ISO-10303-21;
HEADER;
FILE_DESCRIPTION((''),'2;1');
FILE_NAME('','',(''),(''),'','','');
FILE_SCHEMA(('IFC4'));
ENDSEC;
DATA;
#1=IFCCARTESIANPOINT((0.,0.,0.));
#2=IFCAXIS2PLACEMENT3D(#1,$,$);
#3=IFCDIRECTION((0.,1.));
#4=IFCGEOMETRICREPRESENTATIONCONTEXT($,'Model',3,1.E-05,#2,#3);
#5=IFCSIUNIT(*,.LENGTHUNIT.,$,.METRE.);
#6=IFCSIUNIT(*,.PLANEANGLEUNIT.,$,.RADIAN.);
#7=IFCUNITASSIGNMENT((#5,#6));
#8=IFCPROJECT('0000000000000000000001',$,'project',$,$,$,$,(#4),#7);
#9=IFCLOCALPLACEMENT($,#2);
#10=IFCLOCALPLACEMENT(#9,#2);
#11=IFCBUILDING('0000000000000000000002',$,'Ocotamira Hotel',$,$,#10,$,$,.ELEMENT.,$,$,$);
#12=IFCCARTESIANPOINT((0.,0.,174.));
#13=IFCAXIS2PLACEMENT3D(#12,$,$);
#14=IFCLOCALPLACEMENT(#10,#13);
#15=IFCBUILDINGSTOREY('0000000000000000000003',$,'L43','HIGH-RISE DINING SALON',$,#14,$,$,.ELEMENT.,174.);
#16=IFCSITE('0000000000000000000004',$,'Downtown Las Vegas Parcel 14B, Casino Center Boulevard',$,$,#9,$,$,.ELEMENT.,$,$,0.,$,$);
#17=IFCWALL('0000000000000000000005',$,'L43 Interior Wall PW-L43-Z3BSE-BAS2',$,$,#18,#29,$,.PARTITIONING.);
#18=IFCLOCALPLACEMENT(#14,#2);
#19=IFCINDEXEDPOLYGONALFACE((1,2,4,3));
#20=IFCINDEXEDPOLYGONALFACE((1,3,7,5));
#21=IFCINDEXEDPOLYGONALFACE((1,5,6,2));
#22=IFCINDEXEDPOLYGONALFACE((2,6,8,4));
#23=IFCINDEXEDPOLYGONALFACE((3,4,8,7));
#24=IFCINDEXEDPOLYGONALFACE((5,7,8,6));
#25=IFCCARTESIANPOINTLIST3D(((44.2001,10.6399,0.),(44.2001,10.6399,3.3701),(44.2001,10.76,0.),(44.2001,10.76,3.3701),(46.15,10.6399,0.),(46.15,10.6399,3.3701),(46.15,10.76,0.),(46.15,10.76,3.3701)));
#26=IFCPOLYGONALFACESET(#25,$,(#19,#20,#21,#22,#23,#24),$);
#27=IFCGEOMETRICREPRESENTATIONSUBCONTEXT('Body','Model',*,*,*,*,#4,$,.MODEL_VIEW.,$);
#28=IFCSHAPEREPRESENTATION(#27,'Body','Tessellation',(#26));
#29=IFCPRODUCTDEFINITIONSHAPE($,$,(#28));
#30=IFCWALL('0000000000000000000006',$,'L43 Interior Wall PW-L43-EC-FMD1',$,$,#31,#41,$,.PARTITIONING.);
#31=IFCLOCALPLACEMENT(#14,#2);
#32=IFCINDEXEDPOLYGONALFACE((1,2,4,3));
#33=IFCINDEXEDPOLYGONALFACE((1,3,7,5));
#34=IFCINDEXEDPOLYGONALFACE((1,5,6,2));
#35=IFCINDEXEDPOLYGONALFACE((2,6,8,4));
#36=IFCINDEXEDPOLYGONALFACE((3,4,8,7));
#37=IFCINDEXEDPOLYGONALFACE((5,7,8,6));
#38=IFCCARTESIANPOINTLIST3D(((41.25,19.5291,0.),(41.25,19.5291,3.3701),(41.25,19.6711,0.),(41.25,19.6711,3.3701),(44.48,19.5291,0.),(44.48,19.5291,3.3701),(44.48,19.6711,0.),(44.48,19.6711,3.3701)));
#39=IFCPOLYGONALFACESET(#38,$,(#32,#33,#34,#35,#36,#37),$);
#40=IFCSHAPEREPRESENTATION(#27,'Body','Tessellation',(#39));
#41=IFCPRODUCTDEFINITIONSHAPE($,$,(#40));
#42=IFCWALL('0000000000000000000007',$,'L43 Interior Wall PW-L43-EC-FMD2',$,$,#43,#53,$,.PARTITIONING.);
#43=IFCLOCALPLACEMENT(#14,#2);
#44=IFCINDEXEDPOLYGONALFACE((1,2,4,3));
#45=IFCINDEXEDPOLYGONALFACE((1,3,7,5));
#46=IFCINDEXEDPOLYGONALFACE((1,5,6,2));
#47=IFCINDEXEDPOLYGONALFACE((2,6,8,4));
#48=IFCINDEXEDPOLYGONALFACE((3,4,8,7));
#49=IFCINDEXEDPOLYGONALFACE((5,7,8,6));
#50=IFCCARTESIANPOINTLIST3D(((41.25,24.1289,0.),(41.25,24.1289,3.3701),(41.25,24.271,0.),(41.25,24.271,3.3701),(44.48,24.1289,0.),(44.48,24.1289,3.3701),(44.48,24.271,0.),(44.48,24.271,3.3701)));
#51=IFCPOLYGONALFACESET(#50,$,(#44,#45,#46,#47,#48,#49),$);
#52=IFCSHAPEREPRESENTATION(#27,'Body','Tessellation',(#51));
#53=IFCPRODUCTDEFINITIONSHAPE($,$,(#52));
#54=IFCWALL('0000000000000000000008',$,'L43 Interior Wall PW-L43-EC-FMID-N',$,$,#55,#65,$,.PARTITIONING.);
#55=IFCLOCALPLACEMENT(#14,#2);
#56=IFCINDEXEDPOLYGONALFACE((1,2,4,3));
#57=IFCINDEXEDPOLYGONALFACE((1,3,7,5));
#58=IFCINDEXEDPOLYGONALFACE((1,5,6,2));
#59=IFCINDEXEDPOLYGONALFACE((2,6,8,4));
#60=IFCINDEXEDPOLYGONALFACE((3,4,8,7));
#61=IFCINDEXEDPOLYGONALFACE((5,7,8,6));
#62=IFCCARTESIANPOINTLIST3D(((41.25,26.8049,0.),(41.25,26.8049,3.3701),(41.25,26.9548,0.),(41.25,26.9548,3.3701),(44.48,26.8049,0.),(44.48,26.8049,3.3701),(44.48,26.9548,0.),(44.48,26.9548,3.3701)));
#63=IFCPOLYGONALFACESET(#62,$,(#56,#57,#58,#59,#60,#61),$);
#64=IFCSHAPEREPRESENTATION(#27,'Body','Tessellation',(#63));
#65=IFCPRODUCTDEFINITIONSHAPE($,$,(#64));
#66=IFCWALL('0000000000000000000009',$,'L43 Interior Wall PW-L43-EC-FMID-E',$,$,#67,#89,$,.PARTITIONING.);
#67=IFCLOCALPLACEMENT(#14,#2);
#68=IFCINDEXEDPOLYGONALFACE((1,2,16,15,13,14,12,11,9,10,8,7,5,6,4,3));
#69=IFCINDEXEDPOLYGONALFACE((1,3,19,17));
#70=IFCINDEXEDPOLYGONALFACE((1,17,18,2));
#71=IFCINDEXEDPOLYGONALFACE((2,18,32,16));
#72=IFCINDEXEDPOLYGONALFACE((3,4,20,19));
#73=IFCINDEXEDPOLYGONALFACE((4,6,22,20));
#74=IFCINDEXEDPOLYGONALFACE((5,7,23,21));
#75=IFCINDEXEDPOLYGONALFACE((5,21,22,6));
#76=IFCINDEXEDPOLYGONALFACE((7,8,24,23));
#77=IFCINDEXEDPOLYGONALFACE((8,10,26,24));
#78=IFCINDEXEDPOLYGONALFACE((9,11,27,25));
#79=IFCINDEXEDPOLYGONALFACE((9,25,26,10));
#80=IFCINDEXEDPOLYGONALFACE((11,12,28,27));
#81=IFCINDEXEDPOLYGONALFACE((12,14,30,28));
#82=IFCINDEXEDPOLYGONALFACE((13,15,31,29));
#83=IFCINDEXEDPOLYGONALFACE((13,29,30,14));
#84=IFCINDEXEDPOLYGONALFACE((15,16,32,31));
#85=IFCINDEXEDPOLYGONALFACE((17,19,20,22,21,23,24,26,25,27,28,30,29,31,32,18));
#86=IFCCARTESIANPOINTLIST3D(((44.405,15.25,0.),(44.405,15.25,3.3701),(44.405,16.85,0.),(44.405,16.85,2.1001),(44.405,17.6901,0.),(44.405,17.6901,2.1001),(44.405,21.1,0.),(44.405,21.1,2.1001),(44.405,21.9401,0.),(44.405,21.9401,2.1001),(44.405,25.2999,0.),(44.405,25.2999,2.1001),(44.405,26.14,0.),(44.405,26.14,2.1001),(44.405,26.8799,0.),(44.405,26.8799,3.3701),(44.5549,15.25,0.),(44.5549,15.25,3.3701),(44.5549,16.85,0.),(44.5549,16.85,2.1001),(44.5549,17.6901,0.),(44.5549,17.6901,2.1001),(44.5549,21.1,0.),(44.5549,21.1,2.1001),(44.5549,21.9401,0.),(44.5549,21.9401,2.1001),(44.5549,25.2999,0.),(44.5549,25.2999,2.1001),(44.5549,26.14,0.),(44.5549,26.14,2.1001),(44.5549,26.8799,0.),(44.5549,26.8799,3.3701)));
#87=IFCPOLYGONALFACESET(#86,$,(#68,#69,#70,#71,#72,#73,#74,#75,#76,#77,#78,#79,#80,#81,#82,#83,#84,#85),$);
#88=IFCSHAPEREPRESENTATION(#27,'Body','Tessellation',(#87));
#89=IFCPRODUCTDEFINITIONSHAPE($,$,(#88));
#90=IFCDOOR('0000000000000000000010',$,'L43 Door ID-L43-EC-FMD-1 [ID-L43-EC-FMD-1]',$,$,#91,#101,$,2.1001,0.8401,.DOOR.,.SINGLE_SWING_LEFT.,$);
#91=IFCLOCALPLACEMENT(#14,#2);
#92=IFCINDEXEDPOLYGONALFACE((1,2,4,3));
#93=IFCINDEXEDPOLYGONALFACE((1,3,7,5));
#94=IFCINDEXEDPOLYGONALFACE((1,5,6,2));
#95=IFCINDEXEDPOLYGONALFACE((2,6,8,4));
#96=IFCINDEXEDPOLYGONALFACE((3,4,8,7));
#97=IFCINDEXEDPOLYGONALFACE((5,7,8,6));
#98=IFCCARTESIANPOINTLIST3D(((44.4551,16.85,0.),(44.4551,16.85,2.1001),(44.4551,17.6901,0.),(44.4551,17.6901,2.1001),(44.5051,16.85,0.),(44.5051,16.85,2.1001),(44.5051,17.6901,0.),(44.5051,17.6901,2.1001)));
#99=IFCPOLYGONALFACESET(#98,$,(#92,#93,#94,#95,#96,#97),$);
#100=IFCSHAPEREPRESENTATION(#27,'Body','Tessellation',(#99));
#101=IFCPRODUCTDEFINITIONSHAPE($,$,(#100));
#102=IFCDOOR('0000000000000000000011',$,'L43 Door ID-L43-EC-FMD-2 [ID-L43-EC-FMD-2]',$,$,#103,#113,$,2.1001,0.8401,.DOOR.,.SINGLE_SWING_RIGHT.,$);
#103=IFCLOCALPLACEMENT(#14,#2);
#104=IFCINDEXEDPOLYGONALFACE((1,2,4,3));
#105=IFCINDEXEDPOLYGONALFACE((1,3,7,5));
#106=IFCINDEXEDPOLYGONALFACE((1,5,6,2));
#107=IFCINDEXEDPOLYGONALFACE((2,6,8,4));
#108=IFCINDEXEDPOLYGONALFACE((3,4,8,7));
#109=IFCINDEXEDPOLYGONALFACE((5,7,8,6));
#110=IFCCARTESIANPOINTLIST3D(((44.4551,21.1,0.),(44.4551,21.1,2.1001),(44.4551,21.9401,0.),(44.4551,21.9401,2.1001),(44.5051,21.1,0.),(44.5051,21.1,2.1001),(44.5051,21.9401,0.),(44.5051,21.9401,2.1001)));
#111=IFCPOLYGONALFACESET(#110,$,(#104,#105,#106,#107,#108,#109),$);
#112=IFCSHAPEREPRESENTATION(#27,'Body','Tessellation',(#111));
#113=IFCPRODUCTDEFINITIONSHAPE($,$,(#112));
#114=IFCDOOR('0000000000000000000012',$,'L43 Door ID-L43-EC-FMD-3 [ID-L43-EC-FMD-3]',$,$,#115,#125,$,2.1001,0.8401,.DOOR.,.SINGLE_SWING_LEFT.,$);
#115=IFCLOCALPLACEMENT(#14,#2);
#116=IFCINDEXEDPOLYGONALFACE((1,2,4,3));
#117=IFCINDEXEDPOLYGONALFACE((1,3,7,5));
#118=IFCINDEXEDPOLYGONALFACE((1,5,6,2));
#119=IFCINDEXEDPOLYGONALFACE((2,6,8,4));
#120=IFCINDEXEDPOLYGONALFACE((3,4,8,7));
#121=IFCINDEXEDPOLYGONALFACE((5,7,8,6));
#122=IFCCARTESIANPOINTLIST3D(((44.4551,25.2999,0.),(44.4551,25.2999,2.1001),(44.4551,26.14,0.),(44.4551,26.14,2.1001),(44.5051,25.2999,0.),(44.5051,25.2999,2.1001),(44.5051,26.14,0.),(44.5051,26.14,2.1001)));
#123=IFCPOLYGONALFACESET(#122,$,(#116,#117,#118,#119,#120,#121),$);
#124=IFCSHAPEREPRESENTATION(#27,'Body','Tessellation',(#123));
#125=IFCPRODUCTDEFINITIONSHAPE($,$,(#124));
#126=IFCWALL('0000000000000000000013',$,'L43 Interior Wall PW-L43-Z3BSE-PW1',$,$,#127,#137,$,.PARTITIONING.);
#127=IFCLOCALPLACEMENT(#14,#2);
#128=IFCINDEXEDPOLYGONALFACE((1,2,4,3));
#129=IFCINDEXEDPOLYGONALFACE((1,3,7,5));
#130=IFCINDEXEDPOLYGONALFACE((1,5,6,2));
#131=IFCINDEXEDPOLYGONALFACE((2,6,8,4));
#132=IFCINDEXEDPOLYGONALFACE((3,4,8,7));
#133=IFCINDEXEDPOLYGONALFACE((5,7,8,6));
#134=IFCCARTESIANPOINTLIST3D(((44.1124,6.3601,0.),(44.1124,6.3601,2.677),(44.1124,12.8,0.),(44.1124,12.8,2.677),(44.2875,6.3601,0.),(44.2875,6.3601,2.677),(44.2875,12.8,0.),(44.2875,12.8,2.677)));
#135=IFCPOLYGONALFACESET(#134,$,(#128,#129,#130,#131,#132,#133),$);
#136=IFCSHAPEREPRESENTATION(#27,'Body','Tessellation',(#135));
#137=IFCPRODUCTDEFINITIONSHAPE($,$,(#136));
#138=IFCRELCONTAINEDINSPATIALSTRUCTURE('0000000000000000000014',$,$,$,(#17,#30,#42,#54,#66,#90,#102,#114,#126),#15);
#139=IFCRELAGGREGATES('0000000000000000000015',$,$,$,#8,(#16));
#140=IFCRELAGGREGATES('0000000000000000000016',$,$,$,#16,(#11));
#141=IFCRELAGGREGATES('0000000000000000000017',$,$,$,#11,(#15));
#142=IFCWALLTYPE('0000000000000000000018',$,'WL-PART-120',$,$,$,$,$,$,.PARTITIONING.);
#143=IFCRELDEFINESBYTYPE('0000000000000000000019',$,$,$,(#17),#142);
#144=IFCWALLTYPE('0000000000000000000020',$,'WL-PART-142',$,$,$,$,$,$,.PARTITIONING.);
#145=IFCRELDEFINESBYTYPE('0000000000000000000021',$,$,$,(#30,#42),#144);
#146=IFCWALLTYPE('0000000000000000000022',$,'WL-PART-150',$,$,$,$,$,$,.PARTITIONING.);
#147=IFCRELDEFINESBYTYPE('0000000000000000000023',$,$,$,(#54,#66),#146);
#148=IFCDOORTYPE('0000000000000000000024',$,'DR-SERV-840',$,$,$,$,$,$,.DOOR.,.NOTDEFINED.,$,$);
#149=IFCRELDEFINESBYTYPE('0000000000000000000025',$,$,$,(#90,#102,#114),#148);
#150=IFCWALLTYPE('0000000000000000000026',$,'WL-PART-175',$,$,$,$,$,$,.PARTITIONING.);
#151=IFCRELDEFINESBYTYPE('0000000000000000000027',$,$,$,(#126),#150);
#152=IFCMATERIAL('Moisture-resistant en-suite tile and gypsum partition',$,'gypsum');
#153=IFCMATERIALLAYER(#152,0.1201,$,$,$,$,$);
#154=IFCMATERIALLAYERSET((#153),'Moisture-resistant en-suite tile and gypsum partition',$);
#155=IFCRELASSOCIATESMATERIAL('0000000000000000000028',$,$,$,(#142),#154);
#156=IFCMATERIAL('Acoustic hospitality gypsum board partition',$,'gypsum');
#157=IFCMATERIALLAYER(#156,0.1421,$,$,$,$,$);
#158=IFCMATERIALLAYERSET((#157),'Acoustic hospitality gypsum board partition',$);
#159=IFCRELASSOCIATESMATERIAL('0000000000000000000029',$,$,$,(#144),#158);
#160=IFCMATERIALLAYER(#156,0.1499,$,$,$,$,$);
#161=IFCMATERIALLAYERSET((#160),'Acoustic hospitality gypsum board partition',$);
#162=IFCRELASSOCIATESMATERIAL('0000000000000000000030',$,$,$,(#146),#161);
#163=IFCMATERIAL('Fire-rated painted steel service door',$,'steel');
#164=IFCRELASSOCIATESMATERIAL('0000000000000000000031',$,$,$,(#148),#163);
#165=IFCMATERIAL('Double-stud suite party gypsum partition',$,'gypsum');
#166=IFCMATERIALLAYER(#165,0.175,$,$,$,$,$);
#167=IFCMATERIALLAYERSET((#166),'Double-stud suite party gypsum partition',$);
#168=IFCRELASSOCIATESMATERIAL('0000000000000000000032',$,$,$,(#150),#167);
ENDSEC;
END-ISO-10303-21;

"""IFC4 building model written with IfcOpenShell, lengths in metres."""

from ifc_helpers import new_model, si_unit, direction, frame, frame_2d, origin, place, context, subcontext, project, spatial, rectangle, extrude, source, transform, mapped, material, layer, layer_set, type_object, element, fill, save


model = new_model("IFC4")

# Units and contexts
model_context = context("Model", 3, precision=1e-05, world=origin(), true_north=direction((0.0, 1.0)))
body_context = subcontext(model_context, "Body", "Model", "MODEL_VIEW")
ifc_project = project(units=[si_unit("LENGTHUNIT", "METRE"), si_unit("PLANEANGLEUNIT", "RADIAN")], contexts=[model_context])

# Site, building, storey
site_placement = place(None, origin())
site = spatial("IfcSite", under=ifc_project, at=site_placement, Name="Downtown Las Vegas Parcel 14B, Casino Center Boulevard", CompositionType="ELEMENT", RefElevation=0.0)
building_placement = place(site_placement, origin())
building = spatial("IfcBuilding", under=site, at=building_placement, Name="Ocotamira Hotel", CompositionType="ELEMENT")
storey_placement = place(building_placement, frame((0.0, 0.0, 174.0)))
storey = spatial("IfcBuildingStorey", under=building, at=storey_placement, Name="L43", Description="HIGH-RISE DINING SALON", CompositionType="ELEMENT", Elevation=174.0)

# Walls
ifc_material_1 = material(Name="Moisture-resistant en-suite tile and gypsum partition", Category="gypsum")
ifc_layer_1 = layer(ifc_material_1, 0.1201)
ifc_layer_set_1 = layer_set([ifc_layer_1], Name="Moisture-resistant en-suite tile and gypsum partition")
wall_type_1 = type_object("IfcWallType", Name="WL-PART-120", PredefinedType="PARTITIONING", material=ifc_layer_set_1)
wall_1_placement = place(storey_placement, frame((44.2, 10.7, 0.0), z_axis=(0.0, 0.0, 1.0), x_axis=(1.0, 0.0, 0.0)))
element("IfcWall", 1, at=wall_1_placement, inside=storey, type_object=wall_type_1, Name="L43 Interior Wall PW-L43-Z3BSE-BAS2", PredefinedType="PARTITIONING", context=body_context, shape_type="SweptSolid", body=[
    extrude(rectangle(XDim=1.95, YDim=0.1201, at=frame_2d((0.9751, 0.0))), origin(), (0.0, 0.0, 1.0), 3.3701),
])
ifc_material_2 = material(Name="Acoustic hospitality gypsum board partition", Category="gypsum")
ifc_layer_2 = layer(ifc_material_2, 0.1421)
ifc_layer_set_2 = layer_set([ifc_layer_2], Name="Acoustic hospitality gypsum board partition")
wall_type_2 = type_object("IfcWallType", Name="WL-PART-142", PredefinedType="PARTITIONING", material=ifc_layer_set_2)
for number, where, z_axis, x_axis, name in (
    (2, (41.25, 19.6001, 0.0), (0.0, 0.0, 1.0), (1.0, 0.0, 0.0), "L43 Interior Wall PW-L43-EC-FMD1"),
    (3, (41.25, 24.2, 0.0), (0.0, 0.0, 1.0), (1.0, 0.0, 0.0), "L43 Interior Wall PW-L43-EC-FMD2"),
):
    element("IfcWall", number, at=place(storey_placement, frame(where, z_axis=z_axis, x_axis=x_axis)), inside=storey, type_object=wall_type_2, Name=name, PredefinedType="PARTITIONING", context=body_context, shape_type="SweptSolid", body=[
        extrude(rectangle(XDim=3.23, YDim=0.1421, at=frame_2d((1.615, 0.0))), origin(), (0.0, 0.0, 1.0), 3.3701),
    ])
ifc_layer_3 = layer(ifc_material_2, 0.1499)
ifc_layer_set_3 = layer_set([ifc_layer_3], Name="Acoustic hospitality gypsum board partition")
wall_type_3 = type_object("IfcWallType", Name="WL-PART-150", PredefinedType="PARTITIONING", material=ifc_layer_set_3)
wall_2_placement = place(storey_placement, frame((41.25, 26.8799, 0.0), z_axis=(0.0, 0.0, 1.0), x_axis=(1.0, 0.0, 0.0)))
element("IfcWall", 4, at=wall_2_placement, inside=storey, type_object=wall_type_3, Name="L43 Interior Wall PW-L43-EC-FMID-N", PredefinedType="PARTITIONING", context=body_context, shape_type="SweptSolid", body=[
    extrude(rectangle(XDim=3.23, YDim=0.1499, at=frame_2d((1.615, 0.0))), origin(), (0.0, 0.0, 1.0), 3.3701),
])

# Wall, openings, doors
wall_3_placement = place(storey_placement, frame((44.48, 15.25, 0.0), z_axis=(0.0, 0.0, 1.0), x_axis=(0.0, 1.0, 0.0)))
wall_3 = element("IfcWall", 5, at=wall_3_placement, inside=storey, type_object=wall_type_3, Name="L43 Interior Wall PW-L43-EC-FMID-E", PredefinedType="PARTITIONING", context=body_context, shape_type="SweptSolid", body=[
    extrude(rectangle(XDim=11.6299, YDim=0.1499, at=frame_2d((5.8149, 0.0))), origin(), (0.0, 0.0, 1.0), 3.3701),
])
opening_1_placement = place(wall_3_placement, frame((1.6001, 0.0, 0.0)))
opening_1 = element("IfcOpeningElement", 6, at=opening_1_placement, cuts=wall_3, PredefinedType="OPENING", context=body_context, shape_type="SweptSolid", body=[
    extrude(rectangle(XDim=0.8401, YDim=2.1001, at=frame_2d((0.4199, 1.05))), frame((0.0, 0.085, 0.0), z_axis=(0.0, -1.0, 0.0), x_axis=(1.0, 0.0, 0.0)), (0.0, 0.0, 1.0), 0.1699),
])
opening_2_placement = place(wall_3_placement, frame((5.8501, 0.0, 0.0)))
opening_2 = element("IfcOpeningElement", 7, at=opening_2_placement, cuts=wall_3, PredefinedType="OPENING", context=body_context, shape_type="SweptSolid", body=[
    extrude(rectangle(XDim=0.8401, YDim=2.1001, at=frame_2d((0.4199, 1.05))), frame((0.0, 0.085, 0.0), z_axis=(0.0, -1.0, 0.0), x_axis=(1.0, 0.0, 0.0)), (0.0, 0.0, 1.0), 0.1699),
])
opening_3_placement = place(wall_3_placement, frame((10.05, 0.0, 0.0)))
opening_3 = element("IfcOpeningElement", 8, at=opening_3_placement, cuts=wall_3, PredefinedType="OPENING", context=body_context, shape_type="SweptSolid", body=[
    extrude(rectangle(XDim=0.8401, YDim=2.1001, at=frame_2d((0.4199, 1.05))), frame((0.0, 0.085, 0.0), z_axis=(0.0, -1.0, 0.0), x_axis=(1.0, 0.0, 0.0)), (0.0, 0.0, 1.0), 0.1699),
])
ifc_material_3 = material(Name="Fire-rated painted steel service door", Category="steel")
door_type_1 = type_object("IfcDoorType", Name="DR-SERV-840", OperationType="NOTDEFINED", PredefinedType="DOOR", material=ifc_material_3)
shared_shape_1 = source(origin(), body_context, "Body", "SweptSolid", [
    extrude(rectangle(XDim=0.8401, YDim=2.1001, at=frame_2d((0.4199, 1.05))), frame((0.0, 0.0249, 0.0), z_axis=(0.0, -1.0, 0.0), x_axis=(1.0, 0.0, 0.0)), (0.0, 0.0, 1.0), 0.05),
])
door_1_placement = place(opening_1_placement, origin())
door_1 = element("IfcDoor", 9, at=door_1_placement, inside=storey, type_object=door_type_1, Name="L43 Door ID-L43-EC-FMD-1 [ID-L43-EC-FMD-1]", OperationType="SINGLE_SWING_LEFT", OverallHeight=2.1001, OverallWidth=0.8401, PredefinedType="DOOR", context=body_context, shape_type="MappedRepresentation", body=[
    mapped(shared_shape_1, transform((0.0, 0.0, 0.0), scale=1.0)),
])
fill(opening_1, door_1)
door_2_placement = place(opening_2_placement, origin())
door_2 = element("IfcDoor", 10, at=door_2_placement, inside=storey, type_object=door_type_1, Name="L43 Door ID-L43-EC-FMD-2 [ID-L43-EC-FMD-2]", OperationType="SINGLE_SWING_RIGHT", OverallHeight=2.1001, OverallWidth=0.8401, PredefinedType="DOOR", context=body_context, shape_type="MappedRepresentation", body=[
    mapped(shared_shape_1, transform((0.0, 0.0, 0.0), scale=1.0)),
])
fill(opening_2, door_2)
door_3_placement = place(opening_3_placement, origin())
door_3 = element("IfcDoor", 11, at=door_3_placement, inside=storey, type_object=door_type_1, Name="L43 Door ID-L43-EC-FMD-3 [ID-L43-EC-FMD-3]", OperationType="SINGLE_SWING_LEFT", OverallHeight=2.1001, OverallWidth=0.8401, PredefinedType="DOOR", context=body_context, shape_type="MappedRepresentation", body=[
    mapped(shared_shape_1, transform((0.0, 0.0, 0.0), scale=1.0)),
])
fill(opening_3, door_3)

# Wall
ifc_material_4 = material(Name="Double-stud suite party gypsum partition", Category="gypsum")
ifc_layer_4 = layer(ifc_material_4, 0.175)
ifc_layer_set_4 = layer_set([ifc_layer_4], Name="Double-stud suite party gypsum partition")
wall_type_4 = type_object("IfcWallType", Name="WL-PART-175", PredefinedType="PARTITIONING", material=ifc_layer_set_4)
wall_4_placement = place(storey_placement, frame((44.2, 6.3601, 0.0), z_axis=(0.0, 0.0, 1.0), x_axis=(0.0, 1.0, 0.0)))
element("IfcWall", 12, at=wall_4_placement, inside=storey, type_object=wall_type_4, Name="L43 Interior Wall PW-L43-Z3BSE-PW1", PredefinedType="PARTITIONING", context=body_context, shape_type="SweptSolid", body=[
    extrude(rectangle(XDim=6.4399, YDim=0.175, at=frame_2d((3.22, 0.0))), origin(), (0.0, 0.0, 1.0), 2.677),
])

save(model, "model.ifc")
